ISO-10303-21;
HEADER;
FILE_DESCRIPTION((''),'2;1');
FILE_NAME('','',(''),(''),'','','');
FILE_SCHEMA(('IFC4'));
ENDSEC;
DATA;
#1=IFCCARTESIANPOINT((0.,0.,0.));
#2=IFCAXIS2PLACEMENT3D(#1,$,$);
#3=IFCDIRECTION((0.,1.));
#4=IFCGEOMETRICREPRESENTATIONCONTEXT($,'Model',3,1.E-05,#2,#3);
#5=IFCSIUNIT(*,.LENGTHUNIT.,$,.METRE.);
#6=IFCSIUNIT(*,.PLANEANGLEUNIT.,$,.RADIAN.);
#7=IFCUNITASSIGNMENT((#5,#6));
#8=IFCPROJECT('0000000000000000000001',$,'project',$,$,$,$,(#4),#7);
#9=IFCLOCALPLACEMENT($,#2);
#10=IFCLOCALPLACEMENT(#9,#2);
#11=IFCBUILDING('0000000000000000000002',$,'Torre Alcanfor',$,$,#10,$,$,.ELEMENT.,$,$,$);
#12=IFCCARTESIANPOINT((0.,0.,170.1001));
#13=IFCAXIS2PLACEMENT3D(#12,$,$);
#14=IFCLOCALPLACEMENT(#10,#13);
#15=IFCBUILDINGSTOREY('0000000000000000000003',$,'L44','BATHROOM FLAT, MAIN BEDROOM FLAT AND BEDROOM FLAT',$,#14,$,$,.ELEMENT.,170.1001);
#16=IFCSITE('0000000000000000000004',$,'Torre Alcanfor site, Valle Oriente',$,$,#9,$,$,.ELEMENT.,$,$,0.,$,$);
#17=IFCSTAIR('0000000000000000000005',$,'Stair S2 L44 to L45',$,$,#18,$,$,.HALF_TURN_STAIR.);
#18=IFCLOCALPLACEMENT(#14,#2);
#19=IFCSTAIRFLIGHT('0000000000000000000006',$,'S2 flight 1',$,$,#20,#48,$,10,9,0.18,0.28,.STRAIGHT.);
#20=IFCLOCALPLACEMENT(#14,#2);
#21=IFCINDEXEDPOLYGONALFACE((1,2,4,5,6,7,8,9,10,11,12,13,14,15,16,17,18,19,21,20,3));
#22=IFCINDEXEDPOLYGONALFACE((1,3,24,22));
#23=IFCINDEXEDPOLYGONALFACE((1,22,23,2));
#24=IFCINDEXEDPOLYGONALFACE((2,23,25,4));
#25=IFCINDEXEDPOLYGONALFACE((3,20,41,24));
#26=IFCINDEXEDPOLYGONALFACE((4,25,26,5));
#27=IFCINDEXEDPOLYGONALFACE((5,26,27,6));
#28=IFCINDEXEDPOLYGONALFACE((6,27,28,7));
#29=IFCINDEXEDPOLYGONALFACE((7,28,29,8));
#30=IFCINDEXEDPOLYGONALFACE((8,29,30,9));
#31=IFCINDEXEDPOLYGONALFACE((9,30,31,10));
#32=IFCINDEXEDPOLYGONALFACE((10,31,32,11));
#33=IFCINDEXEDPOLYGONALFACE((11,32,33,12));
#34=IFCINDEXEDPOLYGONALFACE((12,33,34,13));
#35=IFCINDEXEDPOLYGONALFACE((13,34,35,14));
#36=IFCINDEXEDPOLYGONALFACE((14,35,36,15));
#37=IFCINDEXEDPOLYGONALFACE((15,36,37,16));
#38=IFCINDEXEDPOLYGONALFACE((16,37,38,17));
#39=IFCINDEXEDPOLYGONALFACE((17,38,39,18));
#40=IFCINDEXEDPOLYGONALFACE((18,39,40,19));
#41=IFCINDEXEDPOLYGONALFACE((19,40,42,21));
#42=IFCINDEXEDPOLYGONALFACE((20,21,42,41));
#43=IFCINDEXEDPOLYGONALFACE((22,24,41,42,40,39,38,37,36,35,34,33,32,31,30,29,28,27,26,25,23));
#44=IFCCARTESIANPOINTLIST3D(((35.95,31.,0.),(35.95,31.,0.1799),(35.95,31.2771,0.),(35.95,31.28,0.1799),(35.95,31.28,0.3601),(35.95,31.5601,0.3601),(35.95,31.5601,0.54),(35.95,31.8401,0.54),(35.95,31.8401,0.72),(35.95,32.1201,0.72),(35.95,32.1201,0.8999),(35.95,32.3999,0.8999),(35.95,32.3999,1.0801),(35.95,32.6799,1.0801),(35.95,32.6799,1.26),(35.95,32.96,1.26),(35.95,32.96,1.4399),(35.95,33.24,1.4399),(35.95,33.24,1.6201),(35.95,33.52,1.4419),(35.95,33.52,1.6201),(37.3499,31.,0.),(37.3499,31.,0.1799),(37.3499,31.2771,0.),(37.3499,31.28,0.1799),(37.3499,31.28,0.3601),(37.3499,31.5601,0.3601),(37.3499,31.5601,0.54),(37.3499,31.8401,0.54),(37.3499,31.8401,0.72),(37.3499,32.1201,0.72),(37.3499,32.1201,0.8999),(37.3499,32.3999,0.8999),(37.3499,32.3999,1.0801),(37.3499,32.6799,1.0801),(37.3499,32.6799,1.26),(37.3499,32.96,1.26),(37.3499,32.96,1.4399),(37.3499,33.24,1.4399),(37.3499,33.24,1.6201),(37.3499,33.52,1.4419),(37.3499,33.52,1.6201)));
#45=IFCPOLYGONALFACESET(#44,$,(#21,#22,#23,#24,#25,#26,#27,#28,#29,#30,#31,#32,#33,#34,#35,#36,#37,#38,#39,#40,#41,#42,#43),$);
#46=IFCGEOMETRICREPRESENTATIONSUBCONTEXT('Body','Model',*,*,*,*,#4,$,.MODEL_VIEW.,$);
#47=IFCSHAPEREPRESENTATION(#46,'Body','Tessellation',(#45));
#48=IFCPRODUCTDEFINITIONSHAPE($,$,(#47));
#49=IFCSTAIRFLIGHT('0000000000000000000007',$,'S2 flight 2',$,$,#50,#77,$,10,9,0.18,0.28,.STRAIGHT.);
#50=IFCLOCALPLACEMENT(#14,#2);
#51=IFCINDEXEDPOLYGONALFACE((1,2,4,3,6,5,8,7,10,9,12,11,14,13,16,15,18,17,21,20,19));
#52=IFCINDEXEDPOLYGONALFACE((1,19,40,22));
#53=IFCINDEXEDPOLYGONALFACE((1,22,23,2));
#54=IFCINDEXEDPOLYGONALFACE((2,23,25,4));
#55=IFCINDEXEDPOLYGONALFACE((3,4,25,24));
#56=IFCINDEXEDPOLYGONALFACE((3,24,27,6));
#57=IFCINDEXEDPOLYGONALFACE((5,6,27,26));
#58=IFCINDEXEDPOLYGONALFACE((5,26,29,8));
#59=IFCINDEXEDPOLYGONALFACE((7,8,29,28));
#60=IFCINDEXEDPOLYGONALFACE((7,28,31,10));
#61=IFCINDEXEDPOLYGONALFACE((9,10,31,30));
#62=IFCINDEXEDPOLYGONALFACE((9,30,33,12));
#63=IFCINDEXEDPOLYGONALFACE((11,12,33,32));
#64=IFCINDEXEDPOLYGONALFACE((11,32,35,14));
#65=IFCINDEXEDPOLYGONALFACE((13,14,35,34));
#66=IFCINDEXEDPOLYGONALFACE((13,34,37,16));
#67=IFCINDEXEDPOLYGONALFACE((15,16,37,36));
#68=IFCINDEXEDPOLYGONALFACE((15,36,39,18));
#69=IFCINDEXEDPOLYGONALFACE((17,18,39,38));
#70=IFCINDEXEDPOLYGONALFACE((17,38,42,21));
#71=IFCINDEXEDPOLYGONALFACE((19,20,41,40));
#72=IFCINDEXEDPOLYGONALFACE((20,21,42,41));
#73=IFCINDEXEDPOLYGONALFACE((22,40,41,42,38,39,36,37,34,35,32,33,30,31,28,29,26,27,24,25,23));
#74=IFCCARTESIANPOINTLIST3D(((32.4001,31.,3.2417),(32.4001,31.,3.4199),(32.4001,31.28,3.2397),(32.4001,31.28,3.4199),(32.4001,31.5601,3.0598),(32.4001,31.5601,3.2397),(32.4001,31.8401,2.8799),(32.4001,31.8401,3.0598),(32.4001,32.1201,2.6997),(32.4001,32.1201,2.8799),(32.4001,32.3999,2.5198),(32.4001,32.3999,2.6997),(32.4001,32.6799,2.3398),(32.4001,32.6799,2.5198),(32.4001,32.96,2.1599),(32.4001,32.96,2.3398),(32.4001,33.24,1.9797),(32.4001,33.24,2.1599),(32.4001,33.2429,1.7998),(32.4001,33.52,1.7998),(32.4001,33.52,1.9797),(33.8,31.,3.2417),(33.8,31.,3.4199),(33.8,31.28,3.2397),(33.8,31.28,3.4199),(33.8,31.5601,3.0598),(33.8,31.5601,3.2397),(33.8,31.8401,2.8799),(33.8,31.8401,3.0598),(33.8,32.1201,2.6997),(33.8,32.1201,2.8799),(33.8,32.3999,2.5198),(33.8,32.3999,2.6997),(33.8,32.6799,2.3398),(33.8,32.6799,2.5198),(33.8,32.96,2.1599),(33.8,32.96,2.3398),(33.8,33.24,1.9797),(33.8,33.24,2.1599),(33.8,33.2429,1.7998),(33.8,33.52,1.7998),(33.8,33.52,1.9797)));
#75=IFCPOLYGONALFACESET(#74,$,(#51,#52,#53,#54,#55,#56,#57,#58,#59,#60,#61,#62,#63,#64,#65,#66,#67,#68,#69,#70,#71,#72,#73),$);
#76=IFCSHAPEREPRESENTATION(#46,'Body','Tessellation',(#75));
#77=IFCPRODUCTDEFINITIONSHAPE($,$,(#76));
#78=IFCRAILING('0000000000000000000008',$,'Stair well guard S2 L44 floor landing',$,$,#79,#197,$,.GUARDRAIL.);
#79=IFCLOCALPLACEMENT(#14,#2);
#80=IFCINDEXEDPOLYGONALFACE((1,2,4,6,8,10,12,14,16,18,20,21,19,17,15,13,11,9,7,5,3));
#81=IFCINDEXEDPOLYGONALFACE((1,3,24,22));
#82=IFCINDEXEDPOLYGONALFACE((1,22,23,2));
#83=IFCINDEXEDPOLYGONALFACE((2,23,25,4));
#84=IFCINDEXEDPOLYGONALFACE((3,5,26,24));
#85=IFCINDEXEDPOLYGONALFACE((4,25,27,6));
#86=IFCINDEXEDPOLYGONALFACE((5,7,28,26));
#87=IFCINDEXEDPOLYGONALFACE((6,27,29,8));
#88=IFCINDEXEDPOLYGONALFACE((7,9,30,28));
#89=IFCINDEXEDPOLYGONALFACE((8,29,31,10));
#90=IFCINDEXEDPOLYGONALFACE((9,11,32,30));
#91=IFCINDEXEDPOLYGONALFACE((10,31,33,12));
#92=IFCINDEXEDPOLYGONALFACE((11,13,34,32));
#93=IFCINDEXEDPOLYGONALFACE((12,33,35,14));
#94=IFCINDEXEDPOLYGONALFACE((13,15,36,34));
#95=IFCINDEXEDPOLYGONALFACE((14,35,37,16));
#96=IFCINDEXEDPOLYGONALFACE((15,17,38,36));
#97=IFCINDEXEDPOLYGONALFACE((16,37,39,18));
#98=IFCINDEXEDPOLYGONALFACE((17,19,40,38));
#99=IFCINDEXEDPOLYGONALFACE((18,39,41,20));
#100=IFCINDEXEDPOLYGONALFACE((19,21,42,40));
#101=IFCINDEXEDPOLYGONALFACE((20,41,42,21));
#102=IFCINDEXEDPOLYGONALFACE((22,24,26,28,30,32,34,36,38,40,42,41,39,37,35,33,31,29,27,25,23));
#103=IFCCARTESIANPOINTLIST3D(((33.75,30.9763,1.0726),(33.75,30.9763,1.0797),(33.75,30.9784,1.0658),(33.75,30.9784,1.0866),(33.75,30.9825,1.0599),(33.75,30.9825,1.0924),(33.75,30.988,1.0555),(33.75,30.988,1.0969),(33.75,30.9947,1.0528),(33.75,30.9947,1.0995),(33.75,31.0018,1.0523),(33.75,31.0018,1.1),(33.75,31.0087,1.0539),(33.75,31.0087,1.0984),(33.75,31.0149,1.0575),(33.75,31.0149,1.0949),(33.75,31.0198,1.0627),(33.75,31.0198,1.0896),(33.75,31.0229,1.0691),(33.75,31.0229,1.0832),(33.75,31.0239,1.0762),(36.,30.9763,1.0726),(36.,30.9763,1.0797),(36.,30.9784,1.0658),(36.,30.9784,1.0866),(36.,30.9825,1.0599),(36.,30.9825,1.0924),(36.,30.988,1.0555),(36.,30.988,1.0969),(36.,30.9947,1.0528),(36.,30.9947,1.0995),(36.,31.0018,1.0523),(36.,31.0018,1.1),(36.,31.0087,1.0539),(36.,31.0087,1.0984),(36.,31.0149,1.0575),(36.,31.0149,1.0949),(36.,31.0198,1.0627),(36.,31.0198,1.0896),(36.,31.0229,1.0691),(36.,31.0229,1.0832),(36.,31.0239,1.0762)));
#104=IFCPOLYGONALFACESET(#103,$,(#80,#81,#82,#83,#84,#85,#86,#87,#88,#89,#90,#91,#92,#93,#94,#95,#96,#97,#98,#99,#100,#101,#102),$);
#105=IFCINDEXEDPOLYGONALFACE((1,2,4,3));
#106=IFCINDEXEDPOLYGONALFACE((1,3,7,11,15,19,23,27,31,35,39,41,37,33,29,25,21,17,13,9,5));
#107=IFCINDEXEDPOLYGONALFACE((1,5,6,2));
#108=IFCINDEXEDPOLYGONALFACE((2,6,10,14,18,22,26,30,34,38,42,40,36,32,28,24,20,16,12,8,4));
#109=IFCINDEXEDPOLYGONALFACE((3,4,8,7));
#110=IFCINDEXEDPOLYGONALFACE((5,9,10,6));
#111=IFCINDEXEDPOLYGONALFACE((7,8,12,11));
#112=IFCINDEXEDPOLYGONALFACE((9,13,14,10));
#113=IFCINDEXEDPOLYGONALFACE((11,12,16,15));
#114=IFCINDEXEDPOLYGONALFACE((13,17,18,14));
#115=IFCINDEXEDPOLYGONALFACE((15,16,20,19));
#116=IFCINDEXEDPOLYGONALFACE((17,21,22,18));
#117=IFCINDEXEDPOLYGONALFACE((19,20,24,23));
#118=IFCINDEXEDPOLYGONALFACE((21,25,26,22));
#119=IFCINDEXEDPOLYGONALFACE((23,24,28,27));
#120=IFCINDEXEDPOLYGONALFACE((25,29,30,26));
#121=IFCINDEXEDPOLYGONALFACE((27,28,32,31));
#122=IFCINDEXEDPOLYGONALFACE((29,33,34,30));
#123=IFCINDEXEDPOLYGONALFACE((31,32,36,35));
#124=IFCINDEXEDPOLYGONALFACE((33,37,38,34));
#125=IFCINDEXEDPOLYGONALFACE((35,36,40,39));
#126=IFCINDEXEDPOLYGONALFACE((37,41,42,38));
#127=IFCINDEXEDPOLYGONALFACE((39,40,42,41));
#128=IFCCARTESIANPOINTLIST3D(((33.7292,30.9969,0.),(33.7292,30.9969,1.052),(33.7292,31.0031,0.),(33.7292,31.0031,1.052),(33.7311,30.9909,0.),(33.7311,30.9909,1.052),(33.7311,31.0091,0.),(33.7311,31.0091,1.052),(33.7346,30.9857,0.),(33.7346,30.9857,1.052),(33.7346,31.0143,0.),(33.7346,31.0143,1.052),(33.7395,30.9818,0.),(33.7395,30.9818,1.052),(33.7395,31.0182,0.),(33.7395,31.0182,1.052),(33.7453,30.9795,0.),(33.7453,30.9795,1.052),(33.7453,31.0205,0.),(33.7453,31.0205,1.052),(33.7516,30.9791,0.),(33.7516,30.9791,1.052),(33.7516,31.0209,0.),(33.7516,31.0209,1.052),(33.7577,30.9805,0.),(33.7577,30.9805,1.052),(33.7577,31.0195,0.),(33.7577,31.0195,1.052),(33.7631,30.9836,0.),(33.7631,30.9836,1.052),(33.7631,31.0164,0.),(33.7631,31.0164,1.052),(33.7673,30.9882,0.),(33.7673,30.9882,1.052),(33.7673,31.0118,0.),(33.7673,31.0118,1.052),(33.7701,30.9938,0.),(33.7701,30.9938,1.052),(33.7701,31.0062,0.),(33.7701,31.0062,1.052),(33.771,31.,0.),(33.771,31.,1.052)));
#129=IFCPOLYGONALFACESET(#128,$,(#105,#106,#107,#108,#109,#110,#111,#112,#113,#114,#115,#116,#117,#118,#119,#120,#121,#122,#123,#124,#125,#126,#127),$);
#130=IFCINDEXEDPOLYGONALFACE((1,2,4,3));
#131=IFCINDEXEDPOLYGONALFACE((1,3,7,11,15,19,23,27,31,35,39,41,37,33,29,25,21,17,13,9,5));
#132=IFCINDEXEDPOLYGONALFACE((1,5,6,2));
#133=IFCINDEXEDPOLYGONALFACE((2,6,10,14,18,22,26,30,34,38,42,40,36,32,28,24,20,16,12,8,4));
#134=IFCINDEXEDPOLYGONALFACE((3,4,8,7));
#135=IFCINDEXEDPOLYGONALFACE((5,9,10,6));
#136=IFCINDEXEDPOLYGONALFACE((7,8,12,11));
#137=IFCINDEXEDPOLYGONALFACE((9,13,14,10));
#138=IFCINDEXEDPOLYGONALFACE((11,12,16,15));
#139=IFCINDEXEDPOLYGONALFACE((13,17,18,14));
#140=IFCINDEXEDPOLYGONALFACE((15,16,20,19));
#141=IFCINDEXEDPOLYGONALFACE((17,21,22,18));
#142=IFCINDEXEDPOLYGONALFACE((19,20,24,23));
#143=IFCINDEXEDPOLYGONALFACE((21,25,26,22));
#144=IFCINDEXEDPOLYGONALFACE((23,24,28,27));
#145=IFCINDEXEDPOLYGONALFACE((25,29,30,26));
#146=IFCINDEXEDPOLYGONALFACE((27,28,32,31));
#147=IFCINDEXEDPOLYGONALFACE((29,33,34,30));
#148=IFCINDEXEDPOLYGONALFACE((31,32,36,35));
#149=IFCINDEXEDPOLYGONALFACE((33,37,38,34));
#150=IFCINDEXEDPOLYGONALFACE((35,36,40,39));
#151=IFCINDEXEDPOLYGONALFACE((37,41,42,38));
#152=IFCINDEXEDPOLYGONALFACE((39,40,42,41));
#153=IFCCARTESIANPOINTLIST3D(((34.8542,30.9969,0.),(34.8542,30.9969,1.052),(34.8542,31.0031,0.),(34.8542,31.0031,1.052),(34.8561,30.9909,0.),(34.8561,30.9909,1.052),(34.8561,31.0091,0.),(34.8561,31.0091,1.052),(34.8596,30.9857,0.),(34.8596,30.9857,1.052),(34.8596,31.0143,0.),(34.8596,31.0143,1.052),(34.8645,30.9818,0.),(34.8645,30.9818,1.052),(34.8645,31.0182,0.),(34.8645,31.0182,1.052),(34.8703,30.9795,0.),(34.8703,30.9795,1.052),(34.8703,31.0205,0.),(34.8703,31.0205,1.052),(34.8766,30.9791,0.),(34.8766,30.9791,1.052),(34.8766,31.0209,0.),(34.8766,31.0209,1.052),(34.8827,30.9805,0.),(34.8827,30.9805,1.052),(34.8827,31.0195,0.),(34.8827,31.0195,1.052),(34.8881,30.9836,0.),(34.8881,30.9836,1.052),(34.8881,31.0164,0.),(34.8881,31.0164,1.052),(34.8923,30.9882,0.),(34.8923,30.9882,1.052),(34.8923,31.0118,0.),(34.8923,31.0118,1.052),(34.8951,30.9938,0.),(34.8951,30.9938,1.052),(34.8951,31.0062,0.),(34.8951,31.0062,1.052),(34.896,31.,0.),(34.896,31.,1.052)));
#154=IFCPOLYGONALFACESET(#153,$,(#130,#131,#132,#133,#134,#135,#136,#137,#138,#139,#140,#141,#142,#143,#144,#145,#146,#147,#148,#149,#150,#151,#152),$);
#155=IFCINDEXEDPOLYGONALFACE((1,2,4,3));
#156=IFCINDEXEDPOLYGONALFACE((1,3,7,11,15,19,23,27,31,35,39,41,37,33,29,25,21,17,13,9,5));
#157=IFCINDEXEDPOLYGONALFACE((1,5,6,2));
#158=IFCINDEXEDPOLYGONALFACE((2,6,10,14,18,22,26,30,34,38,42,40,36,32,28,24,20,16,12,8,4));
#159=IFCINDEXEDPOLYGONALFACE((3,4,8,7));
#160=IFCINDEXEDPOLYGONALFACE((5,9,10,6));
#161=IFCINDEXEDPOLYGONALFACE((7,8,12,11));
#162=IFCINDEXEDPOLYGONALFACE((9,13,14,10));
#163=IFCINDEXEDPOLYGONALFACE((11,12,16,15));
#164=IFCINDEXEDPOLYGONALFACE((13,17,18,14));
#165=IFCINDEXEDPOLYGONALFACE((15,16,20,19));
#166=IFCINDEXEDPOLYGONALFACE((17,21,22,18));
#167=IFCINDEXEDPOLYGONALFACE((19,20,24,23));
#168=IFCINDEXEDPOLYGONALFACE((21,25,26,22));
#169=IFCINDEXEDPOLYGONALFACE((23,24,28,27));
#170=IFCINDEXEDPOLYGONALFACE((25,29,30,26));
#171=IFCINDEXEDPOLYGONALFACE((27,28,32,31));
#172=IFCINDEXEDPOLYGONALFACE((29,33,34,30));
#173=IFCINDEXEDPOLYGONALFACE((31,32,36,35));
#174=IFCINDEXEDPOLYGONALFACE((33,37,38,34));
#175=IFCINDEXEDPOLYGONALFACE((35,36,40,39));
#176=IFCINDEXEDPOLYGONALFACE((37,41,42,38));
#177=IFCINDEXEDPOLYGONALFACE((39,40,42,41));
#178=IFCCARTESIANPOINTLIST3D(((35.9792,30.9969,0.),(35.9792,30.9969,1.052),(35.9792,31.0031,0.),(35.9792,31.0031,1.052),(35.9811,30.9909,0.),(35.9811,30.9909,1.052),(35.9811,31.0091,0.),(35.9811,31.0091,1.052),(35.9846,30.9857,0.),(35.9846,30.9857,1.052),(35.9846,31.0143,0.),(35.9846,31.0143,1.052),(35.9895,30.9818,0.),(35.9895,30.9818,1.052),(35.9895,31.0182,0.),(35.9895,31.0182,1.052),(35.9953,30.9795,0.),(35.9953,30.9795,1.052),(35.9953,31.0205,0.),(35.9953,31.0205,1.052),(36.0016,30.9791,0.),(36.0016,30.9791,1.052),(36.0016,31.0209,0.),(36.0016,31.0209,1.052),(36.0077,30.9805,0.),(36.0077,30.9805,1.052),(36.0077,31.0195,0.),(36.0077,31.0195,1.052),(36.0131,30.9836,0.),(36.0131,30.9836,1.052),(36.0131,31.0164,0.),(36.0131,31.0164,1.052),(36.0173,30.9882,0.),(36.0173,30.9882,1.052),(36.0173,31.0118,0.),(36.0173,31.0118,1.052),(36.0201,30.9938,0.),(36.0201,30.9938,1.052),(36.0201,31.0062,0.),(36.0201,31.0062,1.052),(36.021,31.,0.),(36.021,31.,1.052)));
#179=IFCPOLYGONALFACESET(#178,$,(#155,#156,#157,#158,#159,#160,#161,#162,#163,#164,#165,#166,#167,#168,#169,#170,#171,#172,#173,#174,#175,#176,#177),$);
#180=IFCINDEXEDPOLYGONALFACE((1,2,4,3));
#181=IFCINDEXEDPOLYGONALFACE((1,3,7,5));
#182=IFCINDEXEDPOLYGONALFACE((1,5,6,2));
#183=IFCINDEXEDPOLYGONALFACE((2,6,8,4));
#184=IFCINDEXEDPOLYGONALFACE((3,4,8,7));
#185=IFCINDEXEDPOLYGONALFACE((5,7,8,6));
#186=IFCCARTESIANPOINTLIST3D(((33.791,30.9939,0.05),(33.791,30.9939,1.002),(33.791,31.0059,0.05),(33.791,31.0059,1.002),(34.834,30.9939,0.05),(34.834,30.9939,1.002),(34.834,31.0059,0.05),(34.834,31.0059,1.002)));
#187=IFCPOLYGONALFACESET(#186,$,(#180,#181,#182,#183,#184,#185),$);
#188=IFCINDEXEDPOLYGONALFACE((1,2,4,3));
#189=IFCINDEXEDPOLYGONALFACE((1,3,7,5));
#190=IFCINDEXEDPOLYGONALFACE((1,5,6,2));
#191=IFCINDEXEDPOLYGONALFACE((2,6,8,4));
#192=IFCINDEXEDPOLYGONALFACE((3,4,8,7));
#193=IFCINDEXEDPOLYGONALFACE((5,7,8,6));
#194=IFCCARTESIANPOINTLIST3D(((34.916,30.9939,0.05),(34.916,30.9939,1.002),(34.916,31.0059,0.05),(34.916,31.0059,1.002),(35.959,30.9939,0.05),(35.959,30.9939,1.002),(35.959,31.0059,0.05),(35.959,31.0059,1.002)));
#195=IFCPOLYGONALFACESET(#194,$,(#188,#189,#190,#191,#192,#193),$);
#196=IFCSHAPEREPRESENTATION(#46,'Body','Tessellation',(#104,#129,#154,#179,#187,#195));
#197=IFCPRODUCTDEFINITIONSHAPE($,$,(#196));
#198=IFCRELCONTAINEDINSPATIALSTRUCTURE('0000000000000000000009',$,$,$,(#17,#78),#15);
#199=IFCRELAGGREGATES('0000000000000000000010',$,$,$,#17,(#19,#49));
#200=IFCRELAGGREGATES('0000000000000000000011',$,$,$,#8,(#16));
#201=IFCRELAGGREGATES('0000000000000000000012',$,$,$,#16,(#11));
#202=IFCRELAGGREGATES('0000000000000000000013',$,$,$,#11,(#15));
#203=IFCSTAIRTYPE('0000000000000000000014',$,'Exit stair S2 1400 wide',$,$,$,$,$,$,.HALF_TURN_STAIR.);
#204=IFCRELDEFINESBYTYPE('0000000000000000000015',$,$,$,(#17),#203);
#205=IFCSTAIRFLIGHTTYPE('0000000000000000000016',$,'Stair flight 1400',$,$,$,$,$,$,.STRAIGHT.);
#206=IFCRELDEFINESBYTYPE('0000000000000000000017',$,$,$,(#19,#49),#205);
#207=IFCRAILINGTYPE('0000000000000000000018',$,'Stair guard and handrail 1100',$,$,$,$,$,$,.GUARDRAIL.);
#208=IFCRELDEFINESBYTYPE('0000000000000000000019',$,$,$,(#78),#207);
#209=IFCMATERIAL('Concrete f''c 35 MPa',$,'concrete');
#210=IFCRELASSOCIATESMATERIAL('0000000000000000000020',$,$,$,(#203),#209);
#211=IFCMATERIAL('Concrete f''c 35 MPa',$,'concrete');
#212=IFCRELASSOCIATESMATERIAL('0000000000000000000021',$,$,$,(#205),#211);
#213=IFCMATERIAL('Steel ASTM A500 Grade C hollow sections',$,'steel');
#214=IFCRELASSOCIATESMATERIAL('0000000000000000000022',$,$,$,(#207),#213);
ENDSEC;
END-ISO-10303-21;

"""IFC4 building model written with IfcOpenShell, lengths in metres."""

from ifc_helpers import new_model, si_unit, direction, frame, origin, origin_2d, place, context, subcontext, project, spatial, polyline, circle, outline, extrude, material, type_object, element, aggregate, save


model = new_model("IFC4")

# Units and contexts
model_context = context("Model", 3, precision=1e-05, world=origin(), true_north=direction((0.0, 1.0)))
body_context = subcontext(model_context, "Body", "Model", "MODEL_VIEW")
ifc_project = project(units=[si_unit("LENGTHUNIT", "METRE"), si_unit("PLANEANGLEUNIT", "RADIAN")], contexts=[model_context])

# Site, building, storey
site_placement = place(None, origin())
site = spatial("IfcSite", under=ifc_project, at=site_placement, Name="Torre Alcanfor site, Valle Oriente", CompositionType="ELEMENT", RefElevation=0.0)
building_placement = place(site_placement, origin())
building = spatial("IfcBuilding", under=site, at=building_placement, Name="Torre Alcanfor", CompositionType="ELEMENT")
storey_placement = place(building_placement, frame((0.0, 0.0, 170.1001)))
storey = spatial("IfcBuildingStorey", under=building, at=storey_placement, Name="L44", Description="BATHROOM FLAT, MAIN BEDROOM FLAT AND BEDROOM FLAT", CompositionType="ELEMENT", Elevation=170.1001)

# Stair, stair flights
ifc_material_1 = material(Name="Concrete f'c 35 MPa", Category="concrete")
stair_type = type_object("IfcStairType", Name="Exit stair S2 1400 wide", PredefinedType="HALF_TURN_STAIR", material=ifc_material_1)
stair_placement = place(storey_placement, origin())
stair = element("IfcStair", 1, at=stair_placement, inside=storey, type_object=stair_type, Name="Stair S2 L44 to L45", PredefinedType="HALF_TURN_STAIR")
ifc_material_2 = material(Name="Concrete f'c 35 MPa", Category="concrete")
stair_flight_type = type_object("IfcStairFlightType", Name="Stair flight 1400", PredefinedType="STRAIGHT", material=ifc_material_2)
stair_flight_1_placement = place(storey_placement, frame((36.6499, 31.0, 0.0), z_axis=(0.0, 0.0, 1.0), x_axis=(0.0, 1.0, 0.0)))
stair_flight_1 = element("IfcStairFlight", 2, at=stair_flight_1_placement, type_object=stair_flight_type, Name="S2 flight 1", NumberOfRisers=10, NumberOfTreads=9, PredefinedType="STRAIGHT", RiserHeight=0.18, TreadLength=0.28, context=body_context, shape_type="SweptSolid", body=[
    extrude(outline(polyline([(0.0, 0.0), (0.0, 0.1799), (0.28, 0.1799), (0.28, 0.3601), (0.5601, 0.3601), (0.5601, 0.54), (0.8401, 0.54), (0.8401, 0.72), (1.1201, 0.72), (1.1201, 0.8999), (1.3999, 0.8999), (1.3999, 1.0801), (1.6799, 1.0801), (1.6799, 1.26), (1.96, 1.26), (1.96, 1.4399), (2.24, 1.4399), (2.24, 1.6201), (2.52, 1.6201), (2.52, 1.8), (2.52, 1.4419), (0.2771, 0.0), (0.0, 0.0)])), frame((0.0, 0.7, 0.0), z_axis=(0.0, -1.0, 0.0), x_axis=(1.0, 0.0, 0.0)), (0.0, 0.0, 1.0), 1.3999),
])
stair_flight_2_placement = place(storey_placement, frame((33.1001, 33.52, 1.7998), z_axis=(0.0, 0.0, 1.0), x_axis=(0.0, -1.0, 0.0)))
stair_flight_2 = element("IfcStairFlight", 3, at=stair_flight_2_placement, type_object=stair_flight_type, Name="S2 flight 2", NumberOfRisers=10, NumberOfTreads=9, PredefinedType="STRAIGHT", RiserHeight=0.18, TreadLength=0.28, context=body_context, shape_type="SweptSolid", body=[
    extrude(outline(polyline([(0.0, 0.0), (0.0, 0.1799), (0.28, 0.1799), (0.28, 0.3601), (0.5601, 0.3601), (0.5601, 0.54), (0.8401, 0.54), (0.8401, 0.72), (1.1201, 0.72), (1.1201, 0.8999), (1.3999, 0.8999), (1.3999, 1.0801), (1.6799, 1.0801), (1.6799, 1.26), (1.96, 1.26), (1.96, 1.4399), (2.24, 1.4399), (2.24, 1.6201), (2.52, 1.6201), (2.52, 1.8), (2.52, 1.4419), (0.2771, 0.0), (0.0, 0.0)])), frame((0.0, 0.7, 0.0), z_axis=(0.0, -1.0, 0.0), x_axis=(1.0, 0.0, 0.0)), (0.0, 0.0, 1.0), 1.3999),
])
aggregate(stair, [stair_flight_1, stair_flight_2])

# Railing
ifc_material_3 = material(Name="Steel ASTM A500 Grade C hollow sections", Category="steel")
railing_type_1 = type_object("IfcRailingType", Name="Stair guard and handrail 1100", PredefinedType="GUARDRAIL", material=ifc_material_3)
for number, where, name in (
    (4, (33.75, 31.0, 0.0), "Stair well guard S2 L44 floor landing"),
):
    element("IfcRailing", number, at=place(storey_placement, frame(where)), inside=storey, type_object=railing_type_1, Name=name, PredefinedType="GUARDRAIL", context=body_context, shape_type="SweptSolid", body=[
        extrude(circle(Radius=0.0239, at=origin_2d()), frame((0.0, 0.0, 1.0762), z_axis=(1.0, 0.0, 0.0), x_axis=(0.0, 1.0, 0.0)), (0.0, 0.0, 1.0), 2.25),
        extrude(circle(Radius=0.021, at=origin_2d()), origin(), (0.0, 0.0, 1.0), 1.052),
        extrude(circle(Radius=0.021, at=origin_2d()), frame((1.125, 0.0, 0.0)), (0.0, 0.0, 1.0), 1.052),
        extrude(circle(Radius=0.021, at=origin_2d()), frame((2.25, 0.0, 0.0)), (0.0, 0.0, 1.0), 1.052),
        extrude(outline(polyline([(0.041, 0.05), (1.084, 0.05), (1.084, 1.002), (0.041, 1.002), (0.041, 0.05)])), frame((0.0, 0.0059, 0.0), z_axis=(0.0, -1.0, 0.0), x_axis=(1.0, 0.0, 0.0)), (0.0, 0.0, 1.0), 0.012),
        extrude(outline(polyline([(1.166, 0.05), (2.209, 0.05), (2.209, 1.002), (1.166, 1.002), (1.166, 0.05)])), frame((0.0, 0.0059, 0.0), z_axis=(0.0, -1.0, 0.0), x_axis=(1.0, 0.0, 0.0)), (0.0, 0.0, 1.0), 0.012),
    ])

save(model, "model.ifc")
